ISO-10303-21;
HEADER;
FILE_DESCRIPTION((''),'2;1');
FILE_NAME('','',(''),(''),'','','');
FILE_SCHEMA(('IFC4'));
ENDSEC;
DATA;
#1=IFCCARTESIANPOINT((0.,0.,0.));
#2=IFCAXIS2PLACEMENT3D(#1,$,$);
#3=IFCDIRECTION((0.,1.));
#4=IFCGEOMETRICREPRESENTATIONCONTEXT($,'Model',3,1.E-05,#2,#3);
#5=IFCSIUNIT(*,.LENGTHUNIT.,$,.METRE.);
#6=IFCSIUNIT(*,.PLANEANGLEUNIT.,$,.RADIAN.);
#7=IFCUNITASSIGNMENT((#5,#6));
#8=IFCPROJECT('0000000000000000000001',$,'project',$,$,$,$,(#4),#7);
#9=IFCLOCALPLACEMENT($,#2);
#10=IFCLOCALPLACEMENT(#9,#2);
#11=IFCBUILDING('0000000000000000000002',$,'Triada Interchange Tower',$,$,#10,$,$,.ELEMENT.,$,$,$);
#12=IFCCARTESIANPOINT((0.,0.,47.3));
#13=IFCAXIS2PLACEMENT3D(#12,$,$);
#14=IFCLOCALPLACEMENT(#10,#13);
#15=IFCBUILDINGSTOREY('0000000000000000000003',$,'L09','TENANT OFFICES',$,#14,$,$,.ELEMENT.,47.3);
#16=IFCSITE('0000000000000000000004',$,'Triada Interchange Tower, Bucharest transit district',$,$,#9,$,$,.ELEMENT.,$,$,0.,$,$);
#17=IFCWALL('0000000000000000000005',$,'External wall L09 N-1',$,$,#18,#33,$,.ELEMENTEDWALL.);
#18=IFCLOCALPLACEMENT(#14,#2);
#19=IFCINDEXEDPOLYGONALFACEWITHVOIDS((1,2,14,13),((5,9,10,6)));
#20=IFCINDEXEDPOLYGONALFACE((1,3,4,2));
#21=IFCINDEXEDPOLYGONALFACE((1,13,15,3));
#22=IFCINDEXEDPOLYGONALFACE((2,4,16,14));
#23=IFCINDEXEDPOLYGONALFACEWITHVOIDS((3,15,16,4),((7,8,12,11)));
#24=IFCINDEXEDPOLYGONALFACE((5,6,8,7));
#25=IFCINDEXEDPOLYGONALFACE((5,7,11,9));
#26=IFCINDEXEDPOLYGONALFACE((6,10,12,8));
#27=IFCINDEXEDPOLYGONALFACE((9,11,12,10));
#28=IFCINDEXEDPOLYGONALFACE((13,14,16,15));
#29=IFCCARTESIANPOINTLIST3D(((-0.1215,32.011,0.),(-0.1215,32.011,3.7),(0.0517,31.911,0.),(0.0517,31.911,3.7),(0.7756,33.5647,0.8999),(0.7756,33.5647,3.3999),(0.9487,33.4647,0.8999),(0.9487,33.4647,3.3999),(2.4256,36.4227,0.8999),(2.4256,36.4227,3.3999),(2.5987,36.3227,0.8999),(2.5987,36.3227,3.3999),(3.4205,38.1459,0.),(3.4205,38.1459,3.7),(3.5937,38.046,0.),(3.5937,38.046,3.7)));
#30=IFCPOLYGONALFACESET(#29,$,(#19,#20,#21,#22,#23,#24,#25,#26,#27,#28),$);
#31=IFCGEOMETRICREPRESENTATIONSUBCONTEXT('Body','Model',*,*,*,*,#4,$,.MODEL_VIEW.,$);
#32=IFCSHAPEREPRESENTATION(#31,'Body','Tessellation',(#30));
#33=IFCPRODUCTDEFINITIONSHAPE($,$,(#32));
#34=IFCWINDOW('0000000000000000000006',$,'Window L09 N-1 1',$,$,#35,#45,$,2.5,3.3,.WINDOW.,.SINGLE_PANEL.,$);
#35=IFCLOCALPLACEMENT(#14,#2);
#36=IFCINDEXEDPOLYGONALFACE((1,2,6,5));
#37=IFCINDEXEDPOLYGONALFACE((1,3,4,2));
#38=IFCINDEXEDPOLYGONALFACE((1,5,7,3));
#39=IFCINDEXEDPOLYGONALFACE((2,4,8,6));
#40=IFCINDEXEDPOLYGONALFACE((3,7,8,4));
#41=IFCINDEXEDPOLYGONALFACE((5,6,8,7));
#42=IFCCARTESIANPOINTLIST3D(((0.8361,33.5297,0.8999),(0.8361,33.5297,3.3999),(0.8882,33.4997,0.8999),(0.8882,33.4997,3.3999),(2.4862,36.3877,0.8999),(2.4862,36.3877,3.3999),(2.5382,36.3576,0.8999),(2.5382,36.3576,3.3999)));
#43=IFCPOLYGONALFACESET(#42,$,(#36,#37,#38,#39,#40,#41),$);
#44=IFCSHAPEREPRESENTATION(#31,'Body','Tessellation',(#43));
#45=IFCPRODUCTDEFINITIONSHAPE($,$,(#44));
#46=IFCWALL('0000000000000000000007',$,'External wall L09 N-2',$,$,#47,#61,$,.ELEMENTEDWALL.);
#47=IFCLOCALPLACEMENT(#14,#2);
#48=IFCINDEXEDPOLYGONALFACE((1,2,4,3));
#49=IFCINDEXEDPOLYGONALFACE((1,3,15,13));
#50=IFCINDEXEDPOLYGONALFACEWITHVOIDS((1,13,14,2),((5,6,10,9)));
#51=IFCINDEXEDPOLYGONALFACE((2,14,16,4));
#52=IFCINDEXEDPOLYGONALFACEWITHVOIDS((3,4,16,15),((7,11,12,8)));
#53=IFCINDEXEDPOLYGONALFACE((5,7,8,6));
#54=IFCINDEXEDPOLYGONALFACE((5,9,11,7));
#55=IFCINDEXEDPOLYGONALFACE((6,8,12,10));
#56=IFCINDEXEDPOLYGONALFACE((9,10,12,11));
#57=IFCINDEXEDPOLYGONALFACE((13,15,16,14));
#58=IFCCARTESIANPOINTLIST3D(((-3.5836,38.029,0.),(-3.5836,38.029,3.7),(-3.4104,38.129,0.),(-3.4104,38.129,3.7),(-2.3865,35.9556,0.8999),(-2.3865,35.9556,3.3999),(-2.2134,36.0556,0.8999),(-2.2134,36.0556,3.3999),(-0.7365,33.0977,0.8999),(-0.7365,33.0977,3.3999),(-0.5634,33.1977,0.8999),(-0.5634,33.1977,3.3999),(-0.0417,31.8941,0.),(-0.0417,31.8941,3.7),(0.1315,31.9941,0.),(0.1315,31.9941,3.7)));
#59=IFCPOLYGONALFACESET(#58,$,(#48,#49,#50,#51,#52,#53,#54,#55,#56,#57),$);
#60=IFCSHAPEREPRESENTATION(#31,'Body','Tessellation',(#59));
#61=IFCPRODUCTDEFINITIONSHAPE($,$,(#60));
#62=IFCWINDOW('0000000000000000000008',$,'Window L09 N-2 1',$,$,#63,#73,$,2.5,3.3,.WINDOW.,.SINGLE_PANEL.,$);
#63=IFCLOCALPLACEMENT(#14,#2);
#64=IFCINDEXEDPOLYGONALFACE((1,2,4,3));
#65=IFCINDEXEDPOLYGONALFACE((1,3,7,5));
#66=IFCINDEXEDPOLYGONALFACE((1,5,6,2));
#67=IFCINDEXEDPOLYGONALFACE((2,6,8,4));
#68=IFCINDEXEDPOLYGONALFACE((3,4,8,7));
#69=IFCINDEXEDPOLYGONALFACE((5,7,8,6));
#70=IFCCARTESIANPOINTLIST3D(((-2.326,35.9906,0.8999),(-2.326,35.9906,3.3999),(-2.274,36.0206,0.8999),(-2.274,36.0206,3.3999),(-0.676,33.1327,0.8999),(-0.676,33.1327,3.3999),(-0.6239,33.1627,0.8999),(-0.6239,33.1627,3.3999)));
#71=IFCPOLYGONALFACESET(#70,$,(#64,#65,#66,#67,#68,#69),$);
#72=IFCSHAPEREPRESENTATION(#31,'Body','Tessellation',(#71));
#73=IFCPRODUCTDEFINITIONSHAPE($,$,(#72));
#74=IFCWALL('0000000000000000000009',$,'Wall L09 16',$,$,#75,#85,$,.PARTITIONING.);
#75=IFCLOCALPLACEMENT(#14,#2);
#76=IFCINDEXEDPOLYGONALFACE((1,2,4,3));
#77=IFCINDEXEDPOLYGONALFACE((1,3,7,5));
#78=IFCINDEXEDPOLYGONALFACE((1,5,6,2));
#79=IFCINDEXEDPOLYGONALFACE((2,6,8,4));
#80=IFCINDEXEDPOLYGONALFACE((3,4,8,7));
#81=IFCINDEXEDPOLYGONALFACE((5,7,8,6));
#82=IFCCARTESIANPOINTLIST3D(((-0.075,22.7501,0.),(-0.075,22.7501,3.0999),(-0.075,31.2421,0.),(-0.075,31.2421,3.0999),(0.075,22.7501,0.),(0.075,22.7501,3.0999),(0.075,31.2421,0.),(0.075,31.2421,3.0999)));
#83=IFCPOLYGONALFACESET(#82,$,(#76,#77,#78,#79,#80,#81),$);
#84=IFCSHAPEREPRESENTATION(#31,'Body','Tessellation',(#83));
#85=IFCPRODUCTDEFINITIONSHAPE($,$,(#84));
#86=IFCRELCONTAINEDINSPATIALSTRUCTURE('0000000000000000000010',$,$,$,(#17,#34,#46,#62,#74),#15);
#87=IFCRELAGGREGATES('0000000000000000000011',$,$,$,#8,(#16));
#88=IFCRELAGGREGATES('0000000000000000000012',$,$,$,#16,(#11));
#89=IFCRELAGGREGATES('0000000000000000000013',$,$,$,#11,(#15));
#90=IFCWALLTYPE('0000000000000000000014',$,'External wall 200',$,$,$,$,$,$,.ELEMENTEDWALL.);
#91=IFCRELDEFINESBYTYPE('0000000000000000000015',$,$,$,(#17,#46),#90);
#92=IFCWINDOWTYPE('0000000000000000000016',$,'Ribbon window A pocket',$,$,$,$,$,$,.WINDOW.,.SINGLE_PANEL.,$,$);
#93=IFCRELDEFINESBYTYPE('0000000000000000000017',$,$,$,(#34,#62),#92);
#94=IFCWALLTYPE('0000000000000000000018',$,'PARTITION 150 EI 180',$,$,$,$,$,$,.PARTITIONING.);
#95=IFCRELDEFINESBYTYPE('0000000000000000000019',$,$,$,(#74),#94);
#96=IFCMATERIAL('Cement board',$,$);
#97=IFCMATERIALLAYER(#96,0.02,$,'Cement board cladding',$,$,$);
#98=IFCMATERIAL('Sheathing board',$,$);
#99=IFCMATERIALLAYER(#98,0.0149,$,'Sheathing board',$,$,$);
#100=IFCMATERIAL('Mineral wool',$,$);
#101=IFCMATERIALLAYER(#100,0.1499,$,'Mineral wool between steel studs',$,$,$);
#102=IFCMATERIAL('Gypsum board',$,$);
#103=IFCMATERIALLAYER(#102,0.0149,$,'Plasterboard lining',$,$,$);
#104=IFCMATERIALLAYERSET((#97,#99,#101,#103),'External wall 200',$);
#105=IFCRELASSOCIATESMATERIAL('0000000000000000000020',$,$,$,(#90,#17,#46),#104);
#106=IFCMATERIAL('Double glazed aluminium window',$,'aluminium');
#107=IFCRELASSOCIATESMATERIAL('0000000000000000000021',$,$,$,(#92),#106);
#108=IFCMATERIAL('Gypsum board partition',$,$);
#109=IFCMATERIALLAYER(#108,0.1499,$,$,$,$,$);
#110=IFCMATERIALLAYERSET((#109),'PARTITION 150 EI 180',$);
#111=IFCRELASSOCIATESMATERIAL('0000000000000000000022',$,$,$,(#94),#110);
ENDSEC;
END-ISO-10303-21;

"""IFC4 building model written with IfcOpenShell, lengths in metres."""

from ifc_helpers import new_model, si_unit, direction, frame, frame_2d, origin, place, context, subcontext, project, spatial, rectangle, extrude, material, layer, layer_set, layer_usage, type_object, element, fill, save


model = new_model("IFC4")

# Units and contexts
model_context = context("Model", 3, precision=1e-05, world=origin(), true_north=direction((0.0, 1.0)))
body_context = subcontext(model_context, "Body", "Model", "MODEL_VIEW")
ifc_project = project(units=[si_unit("LENGTHUNIT", "METRE"), si_unit("PLANEANGLEUNIT", "RADIAN")], contexts=[model_context])

# Site, building, storey
site_placement = place(None, origin())
site = spatial("IfcSite", under=ifc_project, at=site_placement, Name="Triada Interchange Tower, Bucharest transit district", CompositionType="ELEMENT", RefElevation=0.0)
building_placement = place(site_placement, origin())
building = spatial("IfcBuilding", under=site, at=building_placement, Name="Triada Interchange Tower", CompositionType="ELEMENT")
storey_placement = place(building_placement, frame((0.0, 0.0, 47.3)))
storey = spatial("IfcBuildingStorey", under=building, at=storey_placement, Name="L09", Description="TENANT OFFICES", CompositionType="ELEMENT", Elevation=47.3)

# Walls, openings, windows
ifc_material_1 = material(Name="Cement board")
ifc_layer_1 = layer(ifc_material_1, 0.02, Name="Cement board cladding")
ifc_material_2 = material(Name="Sheathing board")
ifc_layer_2 = layer(ifc_material_2, 0.0149, Name="Sheathing board")
ifc_material_3 = material(Name="Mineral wool")
ifc_layer_3 = layer(ifc_material_3, 0.1499, Name="Mineral wool between steel studs")
ifc_material_4 = material(Name="Gypsum board")
ifc_layer_4 = layer(ifc_material_4, 0.0149, Name="Plasterboard lining")
ifc_layer_set_1 = layer_set([ifc_layer_1, ifc_layer_2, ifc_layer_3, ifc_layer_4], Name="External wall 200")
ifc_layer_usage = layer_usage(ifc_layer_set_1, "AXIS2", "POSITIVE", -0.1001)
wall_type_1 = type_object("IfcWallType", Name="External wall 200", PredefinedType="ELEMENTEDWALL", material=ifc_layer_set_1)
wall_1_placement = place(storey_placement, frame((3.5071, 38.0959, 0.0), z_axis=(0.0, 0.0, 1.0), x_axis=(-0.499994, -0.866029, 0.0)))
wall_1 = element("IfcWall", 1, at=wall_1_placement, inside=storey, type_object=wall_type_1, material=ifc_layer_usage, Name="External wall L09 N-1", PredefinedType="ELEMENTEDWALL", context=body_context, shape_type="SweptSolid", body=[
    extrude(rectangle(XDim=7.084, YDim=0.2, at=frame_2d((3.542, 0.0))), origin(), (0.0, 0.0, 1.0), 3.7),
])
opening_1_placement = place(wall_1_placement, frame((1.99, 0.0, 0.8999)))
opening_1 = element("IfcOpeningElement", 2, at=opening_1_placement, cuts=wall_1, PredefinedType="OPENING", context=body_context, shape_type="SweptSolid", body=[
    extrude(rectangle(XDim=3.3, YDim=2.5, at=frame_2d((1.6499, 1.25))), frame((0.0, 0.1099, 0.0), z_axis=(0.0, -1.0, 0.0), x_axis=(1.0, 0.0, 0.0)), (0.0, 0.0, 1.0), 0.22),
])
ifc_material_5 = material(Name="Double glazed aluminium window", Category="aluminium")
window_type = type_object("IfcWindowType", Name="Ribbon window A pocket", PartitioningType="SINGLE_PANEL", PredefinedType="WINDOW", material=ifc_material_5)
window_1_placement = place(opening_1_placement, origin())
window_1 = element("IfcWindow", 3, at=window_1_placement, inside=storey, type_object=window_type, Name="Window L09 N-1 1", OverallHeight=2.5, OverallWidth=3.3, PartitioningType="SINGLE_PANEL", PredefinedType="WINDOW", context=body_context, shape_type="SweptSolid", body=[
    extrude(rectangle(XDim=3.3, YDim=2.5, at=frame_2d((1.6499, 1.25))), frame((0.0, 0.03, 0.0), z_axis=(0.0, -1.0, 0.0), x_axis=(1.0, 0.0, 0.0)), (0.0, 0.0, 1.0), 0.0601),
])
fill(opening_1, window_1)
wall_2_placement = place(storey_placement, frame((0.0449, 31.9441, 0.0), z_axis=(0.0, 0.0, 1.0), x_axis=(-0.499994, 0.866029, 0.0)))
wall_2 = element("IfcWall", 4, at=wall_2_placement, inside=storey, type_object=wall_type_1, material=ifc_layer_usage, Name="External wall L09 N-2", PredefinedType="ELEMENTEDWALL", context=body_context, shape_type="SweptSolid", body=[
    extrude(rectangle(XDim=7.084, YDim=0.2, at=frame_2d((3.542, 0.0))), origin(), (0.0, 0.0, 1.0), 3.7),
])
opening_2_placement = place(wall_2_placement, frame((1.3899, 0.0, 0.8999)))
opening_2 = element("IfcOpeningElement", 5, at=opening_2_placement, cuts=wall_2, PredefinedType="OPENING", context=body_context, shape_type="SweptSolid", body=[
    extrude(rectangle(XDim=3.3, YDim=2.5, at=frame_2d((1.6499, 1.25))), frame((0.0, 0.1099, 0.0), z_axis=(0.0, -1.0, 0.0), x_axis=(1.0, 0.0, 0.0)), (0.0, 0.0, 1.0), 0.22),
])
window_2_placement = place(opening_2_placement, origin())
window_2 = element("IfcWindow", 6, at=window_2_placement, inside=storey, type_object=window_type, Name="Window L09 N-2 1", OverallHeight=2.5, OverallWidth=3.3, PartitioningType="SINGLE_PANEL", PredefinedType="WINDOW", context=body_context, shape_type="SweptSolid", body=[
    extrude(rectangle(XDim=3.3, YDim=2.5, at=frame_2d((1.6499, 1.25))), frame((0.0, 0.03, 0.0), z_axis=(0.0, -1.0, 0.0), x_axis=(1.0, 0.0, 0.0)), (0.0, 0.0, 1.0), 0.0601),
])
fill(opening_2, window_2)

# Wall
ifc_material_6 = material(Name="Gypsum board partition")
ifc_layer_5 = layer(ifc_material_6, 0.1499)
ifc_layer_set_2 = layer_set([ifc_layer_5], Name="PARTITION 150 EI 180")
wall_type_2 = type_object("IfcWallType", Name="PARTITION 150 EI 180", PredefinedType="PARTITIONING", material=ifc_layer_set_2)
wall_3_placement = place(storey_placement, frame((0.0, 22.75, 0.0), z_axis=(0.0, 0.0, 1.0), x_axis=(0.0, 1.0, 0.0)))
element("IfcWall", 7, at=wall_3_placement, inside=storey, type_object=wall_type_2, Name="Wall L09 16", PredefinedType="PARTITIONING", context=body_context, shape_type="SweptSolid", body=[
    extrude(rectangle(XDim=8.4919, YDim=0.1499, at=frame_2d((4.2461, 0.0))), origin(), (0.0, 0.0, 1.0), 3.0999),
])

save(model, "model.ifc")
